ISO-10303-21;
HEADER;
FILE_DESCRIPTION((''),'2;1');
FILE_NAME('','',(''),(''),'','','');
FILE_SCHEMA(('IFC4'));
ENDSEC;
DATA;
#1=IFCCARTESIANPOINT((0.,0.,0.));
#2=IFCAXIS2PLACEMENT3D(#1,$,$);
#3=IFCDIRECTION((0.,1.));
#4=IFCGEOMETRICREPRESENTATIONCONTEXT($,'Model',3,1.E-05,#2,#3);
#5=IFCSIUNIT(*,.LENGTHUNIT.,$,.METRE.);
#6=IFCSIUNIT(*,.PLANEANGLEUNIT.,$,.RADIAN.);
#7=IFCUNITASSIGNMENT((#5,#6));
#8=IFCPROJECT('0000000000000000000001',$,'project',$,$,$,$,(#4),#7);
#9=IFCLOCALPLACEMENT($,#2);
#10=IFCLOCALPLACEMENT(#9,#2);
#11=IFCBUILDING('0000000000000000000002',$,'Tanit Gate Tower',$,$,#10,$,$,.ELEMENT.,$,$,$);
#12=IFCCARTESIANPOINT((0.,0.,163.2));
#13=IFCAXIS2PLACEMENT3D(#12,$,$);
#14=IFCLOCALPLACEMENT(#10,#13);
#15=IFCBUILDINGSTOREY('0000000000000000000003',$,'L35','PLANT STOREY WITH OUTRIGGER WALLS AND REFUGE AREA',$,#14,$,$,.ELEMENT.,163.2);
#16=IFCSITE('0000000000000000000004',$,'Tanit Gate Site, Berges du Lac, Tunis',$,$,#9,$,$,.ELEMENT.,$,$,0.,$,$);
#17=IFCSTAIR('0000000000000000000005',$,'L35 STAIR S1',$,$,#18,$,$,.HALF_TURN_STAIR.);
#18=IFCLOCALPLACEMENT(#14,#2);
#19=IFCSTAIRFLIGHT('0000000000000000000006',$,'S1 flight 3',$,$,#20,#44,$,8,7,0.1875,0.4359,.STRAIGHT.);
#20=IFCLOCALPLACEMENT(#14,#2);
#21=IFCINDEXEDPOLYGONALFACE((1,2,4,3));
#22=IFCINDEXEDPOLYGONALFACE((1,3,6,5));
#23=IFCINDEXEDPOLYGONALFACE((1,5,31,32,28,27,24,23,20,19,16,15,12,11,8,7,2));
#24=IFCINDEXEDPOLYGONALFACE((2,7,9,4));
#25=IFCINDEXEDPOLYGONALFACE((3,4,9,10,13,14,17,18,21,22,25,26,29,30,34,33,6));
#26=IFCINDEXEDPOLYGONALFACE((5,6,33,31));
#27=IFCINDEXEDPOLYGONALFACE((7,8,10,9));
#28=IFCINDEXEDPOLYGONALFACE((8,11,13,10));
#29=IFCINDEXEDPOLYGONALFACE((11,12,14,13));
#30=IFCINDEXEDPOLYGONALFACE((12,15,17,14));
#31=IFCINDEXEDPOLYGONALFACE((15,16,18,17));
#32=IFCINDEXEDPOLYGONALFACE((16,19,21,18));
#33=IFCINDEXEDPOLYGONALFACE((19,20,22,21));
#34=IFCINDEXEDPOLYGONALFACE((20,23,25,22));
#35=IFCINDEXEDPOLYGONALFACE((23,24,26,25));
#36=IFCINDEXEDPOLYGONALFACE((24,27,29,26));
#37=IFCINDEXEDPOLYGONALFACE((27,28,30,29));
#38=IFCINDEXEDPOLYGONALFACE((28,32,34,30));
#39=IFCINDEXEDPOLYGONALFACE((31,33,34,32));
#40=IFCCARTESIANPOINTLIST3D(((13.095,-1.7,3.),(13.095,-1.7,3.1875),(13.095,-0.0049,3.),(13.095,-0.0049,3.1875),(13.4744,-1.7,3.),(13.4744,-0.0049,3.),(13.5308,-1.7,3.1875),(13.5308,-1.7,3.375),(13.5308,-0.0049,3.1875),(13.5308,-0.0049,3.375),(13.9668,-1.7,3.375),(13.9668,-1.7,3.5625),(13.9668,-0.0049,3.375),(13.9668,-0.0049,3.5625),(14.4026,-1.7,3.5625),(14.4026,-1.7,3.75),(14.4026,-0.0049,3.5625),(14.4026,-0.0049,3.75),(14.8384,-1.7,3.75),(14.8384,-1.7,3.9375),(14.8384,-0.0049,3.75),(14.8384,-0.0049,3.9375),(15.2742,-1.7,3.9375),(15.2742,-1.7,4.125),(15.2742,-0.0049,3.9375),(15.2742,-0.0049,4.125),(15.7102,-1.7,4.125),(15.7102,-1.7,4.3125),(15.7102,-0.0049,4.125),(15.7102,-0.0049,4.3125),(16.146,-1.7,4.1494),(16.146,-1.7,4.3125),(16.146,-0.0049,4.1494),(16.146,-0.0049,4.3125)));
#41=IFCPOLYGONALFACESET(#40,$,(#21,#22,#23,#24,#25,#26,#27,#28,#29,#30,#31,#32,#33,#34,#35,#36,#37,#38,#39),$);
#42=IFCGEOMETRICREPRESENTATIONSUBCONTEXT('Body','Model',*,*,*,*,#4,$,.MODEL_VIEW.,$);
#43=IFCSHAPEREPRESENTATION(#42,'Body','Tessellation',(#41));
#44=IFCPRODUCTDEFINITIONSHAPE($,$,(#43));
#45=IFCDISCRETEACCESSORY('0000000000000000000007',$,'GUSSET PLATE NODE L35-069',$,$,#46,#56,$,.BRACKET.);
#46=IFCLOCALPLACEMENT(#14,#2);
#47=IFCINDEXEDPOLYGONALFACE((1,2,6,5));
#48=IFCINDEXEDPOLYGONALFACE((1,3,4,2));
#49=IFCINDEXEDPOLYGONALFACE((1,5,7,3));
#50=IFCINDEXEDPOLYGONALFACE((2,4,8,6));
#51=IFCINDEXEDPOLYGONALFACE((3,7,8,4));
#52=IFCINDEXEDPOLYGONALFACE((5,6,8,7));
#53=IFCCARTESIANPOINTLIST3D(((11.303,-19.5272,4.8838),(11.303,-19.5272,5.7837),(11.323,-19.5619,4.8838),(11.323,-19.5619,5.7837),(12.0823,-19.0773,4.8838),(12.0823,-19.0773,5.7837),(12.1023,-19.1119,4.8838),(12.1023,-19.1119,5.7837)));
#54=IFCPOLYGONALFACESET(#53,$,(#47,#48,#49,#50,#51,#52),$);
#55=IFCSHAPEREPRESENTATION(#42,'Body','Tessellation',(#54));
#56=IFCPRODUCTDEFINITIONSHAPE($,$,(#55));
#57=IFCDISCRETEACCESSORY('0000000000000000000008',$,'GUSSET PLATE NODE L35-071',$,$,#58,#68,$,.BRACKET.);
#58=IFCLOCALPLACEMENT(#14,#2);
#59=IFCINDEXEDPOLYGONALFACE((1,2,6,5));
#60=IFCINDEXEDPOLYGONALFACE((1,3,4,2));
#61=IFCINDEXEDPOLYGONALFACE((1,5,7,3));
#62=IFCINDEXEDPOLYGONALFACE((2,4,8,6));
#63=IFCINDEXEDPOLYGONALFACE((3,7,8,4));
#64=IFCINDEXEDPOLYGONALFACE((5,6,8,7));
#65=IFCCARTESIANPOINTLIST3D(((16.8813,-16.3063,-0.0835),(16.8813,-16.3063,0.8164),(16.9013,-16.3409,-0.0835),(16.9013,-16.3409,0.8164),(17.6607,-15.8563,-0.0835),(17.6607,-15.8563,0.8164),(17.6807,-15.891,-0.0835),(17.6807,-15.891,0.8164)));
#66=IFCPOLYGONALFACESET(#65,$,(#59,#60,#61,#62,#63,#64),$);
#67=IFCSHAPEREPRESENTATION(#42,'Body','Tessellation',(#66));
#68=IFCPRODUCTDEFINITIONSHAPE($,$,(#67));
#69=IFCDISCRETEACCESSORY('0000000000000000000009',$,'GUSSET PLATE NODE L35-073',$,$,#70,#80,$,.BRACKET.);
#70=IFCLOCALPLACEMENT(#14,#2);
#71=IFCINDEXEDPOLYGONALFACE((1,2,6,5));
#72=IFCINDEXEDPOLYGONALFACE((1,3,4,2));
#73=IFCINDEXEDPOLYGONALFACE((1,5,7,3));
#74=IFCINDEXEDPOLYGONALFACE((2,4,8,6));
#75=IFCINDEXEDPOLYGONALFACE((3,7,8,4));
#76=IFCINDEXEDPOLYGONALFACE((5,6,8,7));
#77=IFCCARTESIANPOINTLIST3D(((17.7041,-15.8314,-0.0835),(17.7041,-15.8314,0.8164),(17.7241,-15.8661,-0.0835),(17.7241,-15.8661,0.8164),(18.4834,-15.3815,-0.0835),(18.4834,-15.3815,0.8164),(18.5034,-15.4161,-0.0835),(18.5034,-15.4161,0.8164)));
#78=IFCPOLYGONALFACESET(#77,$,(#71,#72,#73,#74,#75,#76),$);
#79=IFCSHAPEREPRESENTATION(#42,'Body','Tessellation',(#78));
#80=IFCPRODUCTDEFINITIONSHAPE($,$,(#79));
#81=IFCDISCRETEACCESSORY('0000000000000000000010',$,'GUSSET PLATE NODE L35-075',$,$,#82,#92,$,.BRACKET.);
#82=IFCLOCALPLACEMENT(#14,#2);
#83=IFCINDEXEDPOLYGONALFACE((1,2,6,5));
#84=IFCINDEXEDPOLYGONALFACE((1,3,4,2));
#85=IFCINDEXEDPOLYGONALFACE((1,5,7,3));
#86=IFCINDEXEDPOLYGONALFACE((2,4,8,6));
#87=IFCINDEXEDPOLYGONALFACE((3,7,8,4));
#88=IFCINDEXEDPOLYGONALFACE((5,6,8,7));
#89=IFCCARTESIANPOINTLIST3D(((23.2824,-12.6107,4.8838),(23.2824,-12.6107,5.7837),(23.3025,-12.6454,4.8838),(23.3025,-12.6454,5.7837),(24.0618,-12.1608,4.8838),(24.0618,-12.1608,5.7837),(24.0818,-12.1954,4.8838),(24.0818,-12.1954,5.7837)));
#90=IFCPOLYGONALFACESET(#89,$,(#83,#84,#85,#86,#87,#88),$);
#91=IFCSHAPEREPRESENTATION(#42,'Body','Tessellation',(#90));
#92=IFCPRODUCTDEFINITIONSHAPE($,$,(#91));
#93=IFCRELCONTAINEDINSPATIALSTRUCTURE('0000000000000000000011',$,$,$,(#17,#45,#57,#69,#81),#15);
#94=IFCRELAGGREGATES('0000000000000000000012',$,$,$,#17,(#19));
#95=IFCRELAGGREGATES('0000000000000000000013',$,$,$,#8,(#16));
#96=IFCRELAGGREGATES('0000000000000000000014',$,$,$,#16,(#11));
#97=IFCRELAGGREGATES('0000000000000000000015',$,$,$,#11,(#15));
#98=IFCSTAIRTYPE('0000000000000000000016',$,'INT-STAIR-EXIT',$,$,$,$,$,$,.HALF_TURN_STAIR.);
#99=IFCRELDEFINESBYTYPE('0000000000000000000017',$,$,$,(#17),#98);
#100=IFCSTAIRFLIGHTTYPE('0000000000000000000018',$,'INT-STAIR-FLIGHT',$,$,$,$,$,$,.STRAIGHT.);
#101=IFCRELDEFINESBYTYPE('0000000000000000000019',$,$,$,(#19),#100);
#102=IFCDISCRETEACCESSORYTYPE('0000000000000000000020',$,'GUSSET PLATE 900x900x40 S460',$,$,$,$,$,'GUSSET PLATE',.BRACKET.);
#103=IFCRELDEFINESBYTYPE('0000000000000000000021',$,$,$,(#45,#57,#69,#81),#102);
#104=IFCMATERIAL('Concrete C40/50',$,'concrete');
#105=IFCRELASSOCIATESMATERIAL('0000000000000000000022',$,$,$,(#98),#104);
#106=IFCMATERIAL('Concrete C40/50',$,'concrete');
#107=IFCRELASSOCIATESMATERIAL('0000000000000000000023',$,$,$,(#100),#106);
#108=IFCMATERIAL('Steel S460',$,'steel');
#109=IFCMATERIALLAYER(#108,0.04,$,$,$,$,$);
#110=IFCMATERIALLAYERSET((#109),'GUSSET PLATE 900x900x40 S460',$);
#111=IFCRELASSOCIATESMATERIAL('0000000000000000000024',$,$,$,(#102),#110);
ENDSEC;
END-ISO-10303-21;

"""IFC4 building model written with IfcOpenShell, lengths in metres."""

from ifc_helpers import new_model, si_unit, direction, frame, origin, origin_2d, place, context, subcontext, project, spatial, polyline, rectangle, outline, extrude, material, layer, layer_set, type_object, element, aggregate, save


model = new_model("IFC4")

# Units and contexts
model_context = context("Model", 3, precision=1e-05, world=origin(), true_north=direction((0.0, 1.0)))
body_context = subcontext(model_context, "Body", "Model", "MODEL_VIEW")
ifc_project = project(units=[si_unit("LENGTHUNIT", "METRE"), si_unit("PLANEANGLEUNIT", "RADIAN")], contexts=[model_context])

# Site, building, storey
site_placement = place(None, origin())
site = spatial("IfcSite", under=ifc_project, at=site_placement, Name="Tanit Gate Site, Berges du Lac, Tunis", CompositionType="ELEMENT", RefElevation=0.0)
building_placement = place(site_placement, origin())
building = spatial("IfcBuilding", under=site, at=building_placement, Name="Tanit Gate Tower", CompositionType="ELEMENT")
storey_placement = place(building_placement, frame((0.0, 0.0, 163.2)))
storey = spatial("IfcBuildingStorey", under=building, at=storey_placement, Name="L35", Description="PLANT STOREY WITH OUTRIGGER WALLS AND REFUGE AREA", CompositionType="ELEMENT", Elevation=163.2)

# Stair, stair flight
ifc_material_1 = material(Name="Concrete C40/50", Category="concrete")
stair_type = type_object("IfcStairType", Name="INT-STAIR-EXIT", PredefinedType="HALF_TURN_STAIR", material=ifc_material_1)
stair_placement = place(storey_placement, origin())
stair = element("IfcStair", 1, at=stair_placement, inside=storey, type_object=stair_type, Name="L35 STAIR S1", PredefinedType="HALF_TURN_STAIR")
ifc_material_2 = material(Name="Concrete C40/50", Category="concrete")
stair_flight_type = type_object("IfcStairFlightType", Name="INT-STAIR-FLIGHT", PredefinedType="STRAIGHT", material=ifc_material_2)
stair_flight_1_placement = place(storey_placement, frame((13.095, -0.8525, 3.0), z_axis=(0.0, 0.0, 1.0), x_axis=(1.0, 0.0, 0.0)))
stair_flight_1 = element("IfcStairFlight", 2, at=stair_flight_1_placement, type_object=stair_flight_type, Name="S1 flight 3", NumberOfRisers=8, NumberOfTreads=7, PredefinedType="STRAIGHT", RiserHeight=0.1875, TreadLength=0.4359, context=body_context, shape_type="SweptSolid", body=[
    extrude(outline(polyline([(0.0, 0.0), (0.0, 0.1875), (0.4358, 0.1875), (0.4358, 0.375), (0.8718, 0.375), (0.8718, 0.5625), (1.3076, 0.5625), (1.3076, 0.75), (1.7434, 0.75), (1.7434, 0.9375), (2.1792, 0.9375), (2.1792, 1.125), (2.6152, 1.125), (2.6152, 1.3125), (3.051, 1.3125), (3.051, 1.5), (3.051, 1.1494), (0.3794, 0.0), (0.0, 0.0)])), frame((0.0, 0.8477, 0.0), z_axis=(0.0, -1.0, 0.0), x_axis=(1.0, 0.0, 0.0)), (0.0, 0.0, 1.0), 1.6951),
])
aggregate(stair, [stair_flight_1])

# Discrete accessories
ifc_material_3 = material(Name="Steel S460", Category="steel")
ifc_layer_1 = layer(ifc_material_3, 0.04)
ifc_layer_set_1 = layer_set([ifc_layer_1], Name="GUSSET PLATE 900x900x40 S460")
discrete_accessory_type = type_object("IfcDiscreteAccessoryType", Name="GUSSET PLATE 900x900x40 S460", ElementType="GUSSET PLATE", PredefinedType="BRACKET", material=ifc_layer_set_1)
for number, where, z_axis, x_axis, name in (
    (3, (11.7026, -19.3196, 4.8838), (0.0, 0.0, 1.0), (0.866025, 0.5, 0.0), "GUSSET PLATE NODE L35-069"),
    (4, (17.281, -16.0986, -0.0835), (0.0, 0.0, 1.0), (-0.866025, -0.5, 0.0), "GUSSET PLATE NODE L35-071"),
    (5, (18.1038, -15.6238, -0.0835), (0.0, 0.0, 1.0), (0.866025, 0.5, 0.0), "GUSSET PLATE NODE L35-073"),
    (6, (23.6821, -12.4031, 4.8838), (0.0, 0.0, 1.0), (-0.866025, -0.5, 0.0), "GUSSET PLATE NODE L35-075"),
):
    element("IfcDiscreteAccessory", number, at=place(storey_placement, frame(where, z_axis=z_axis, x_axis=x_axis)), inside=storey, type_object=discrete_accessory_type, Name=name, PredefinedType="BRACKET", context=body_context, shape_type="SweptSolid", body=[
        extrude(rectangle(XDim=0.8999, YDim=0.04, at=origin_2d()), origin(), (0.0, 0.0, 1.0), 0.8999),
    ])

save(model, "model.ifc")
